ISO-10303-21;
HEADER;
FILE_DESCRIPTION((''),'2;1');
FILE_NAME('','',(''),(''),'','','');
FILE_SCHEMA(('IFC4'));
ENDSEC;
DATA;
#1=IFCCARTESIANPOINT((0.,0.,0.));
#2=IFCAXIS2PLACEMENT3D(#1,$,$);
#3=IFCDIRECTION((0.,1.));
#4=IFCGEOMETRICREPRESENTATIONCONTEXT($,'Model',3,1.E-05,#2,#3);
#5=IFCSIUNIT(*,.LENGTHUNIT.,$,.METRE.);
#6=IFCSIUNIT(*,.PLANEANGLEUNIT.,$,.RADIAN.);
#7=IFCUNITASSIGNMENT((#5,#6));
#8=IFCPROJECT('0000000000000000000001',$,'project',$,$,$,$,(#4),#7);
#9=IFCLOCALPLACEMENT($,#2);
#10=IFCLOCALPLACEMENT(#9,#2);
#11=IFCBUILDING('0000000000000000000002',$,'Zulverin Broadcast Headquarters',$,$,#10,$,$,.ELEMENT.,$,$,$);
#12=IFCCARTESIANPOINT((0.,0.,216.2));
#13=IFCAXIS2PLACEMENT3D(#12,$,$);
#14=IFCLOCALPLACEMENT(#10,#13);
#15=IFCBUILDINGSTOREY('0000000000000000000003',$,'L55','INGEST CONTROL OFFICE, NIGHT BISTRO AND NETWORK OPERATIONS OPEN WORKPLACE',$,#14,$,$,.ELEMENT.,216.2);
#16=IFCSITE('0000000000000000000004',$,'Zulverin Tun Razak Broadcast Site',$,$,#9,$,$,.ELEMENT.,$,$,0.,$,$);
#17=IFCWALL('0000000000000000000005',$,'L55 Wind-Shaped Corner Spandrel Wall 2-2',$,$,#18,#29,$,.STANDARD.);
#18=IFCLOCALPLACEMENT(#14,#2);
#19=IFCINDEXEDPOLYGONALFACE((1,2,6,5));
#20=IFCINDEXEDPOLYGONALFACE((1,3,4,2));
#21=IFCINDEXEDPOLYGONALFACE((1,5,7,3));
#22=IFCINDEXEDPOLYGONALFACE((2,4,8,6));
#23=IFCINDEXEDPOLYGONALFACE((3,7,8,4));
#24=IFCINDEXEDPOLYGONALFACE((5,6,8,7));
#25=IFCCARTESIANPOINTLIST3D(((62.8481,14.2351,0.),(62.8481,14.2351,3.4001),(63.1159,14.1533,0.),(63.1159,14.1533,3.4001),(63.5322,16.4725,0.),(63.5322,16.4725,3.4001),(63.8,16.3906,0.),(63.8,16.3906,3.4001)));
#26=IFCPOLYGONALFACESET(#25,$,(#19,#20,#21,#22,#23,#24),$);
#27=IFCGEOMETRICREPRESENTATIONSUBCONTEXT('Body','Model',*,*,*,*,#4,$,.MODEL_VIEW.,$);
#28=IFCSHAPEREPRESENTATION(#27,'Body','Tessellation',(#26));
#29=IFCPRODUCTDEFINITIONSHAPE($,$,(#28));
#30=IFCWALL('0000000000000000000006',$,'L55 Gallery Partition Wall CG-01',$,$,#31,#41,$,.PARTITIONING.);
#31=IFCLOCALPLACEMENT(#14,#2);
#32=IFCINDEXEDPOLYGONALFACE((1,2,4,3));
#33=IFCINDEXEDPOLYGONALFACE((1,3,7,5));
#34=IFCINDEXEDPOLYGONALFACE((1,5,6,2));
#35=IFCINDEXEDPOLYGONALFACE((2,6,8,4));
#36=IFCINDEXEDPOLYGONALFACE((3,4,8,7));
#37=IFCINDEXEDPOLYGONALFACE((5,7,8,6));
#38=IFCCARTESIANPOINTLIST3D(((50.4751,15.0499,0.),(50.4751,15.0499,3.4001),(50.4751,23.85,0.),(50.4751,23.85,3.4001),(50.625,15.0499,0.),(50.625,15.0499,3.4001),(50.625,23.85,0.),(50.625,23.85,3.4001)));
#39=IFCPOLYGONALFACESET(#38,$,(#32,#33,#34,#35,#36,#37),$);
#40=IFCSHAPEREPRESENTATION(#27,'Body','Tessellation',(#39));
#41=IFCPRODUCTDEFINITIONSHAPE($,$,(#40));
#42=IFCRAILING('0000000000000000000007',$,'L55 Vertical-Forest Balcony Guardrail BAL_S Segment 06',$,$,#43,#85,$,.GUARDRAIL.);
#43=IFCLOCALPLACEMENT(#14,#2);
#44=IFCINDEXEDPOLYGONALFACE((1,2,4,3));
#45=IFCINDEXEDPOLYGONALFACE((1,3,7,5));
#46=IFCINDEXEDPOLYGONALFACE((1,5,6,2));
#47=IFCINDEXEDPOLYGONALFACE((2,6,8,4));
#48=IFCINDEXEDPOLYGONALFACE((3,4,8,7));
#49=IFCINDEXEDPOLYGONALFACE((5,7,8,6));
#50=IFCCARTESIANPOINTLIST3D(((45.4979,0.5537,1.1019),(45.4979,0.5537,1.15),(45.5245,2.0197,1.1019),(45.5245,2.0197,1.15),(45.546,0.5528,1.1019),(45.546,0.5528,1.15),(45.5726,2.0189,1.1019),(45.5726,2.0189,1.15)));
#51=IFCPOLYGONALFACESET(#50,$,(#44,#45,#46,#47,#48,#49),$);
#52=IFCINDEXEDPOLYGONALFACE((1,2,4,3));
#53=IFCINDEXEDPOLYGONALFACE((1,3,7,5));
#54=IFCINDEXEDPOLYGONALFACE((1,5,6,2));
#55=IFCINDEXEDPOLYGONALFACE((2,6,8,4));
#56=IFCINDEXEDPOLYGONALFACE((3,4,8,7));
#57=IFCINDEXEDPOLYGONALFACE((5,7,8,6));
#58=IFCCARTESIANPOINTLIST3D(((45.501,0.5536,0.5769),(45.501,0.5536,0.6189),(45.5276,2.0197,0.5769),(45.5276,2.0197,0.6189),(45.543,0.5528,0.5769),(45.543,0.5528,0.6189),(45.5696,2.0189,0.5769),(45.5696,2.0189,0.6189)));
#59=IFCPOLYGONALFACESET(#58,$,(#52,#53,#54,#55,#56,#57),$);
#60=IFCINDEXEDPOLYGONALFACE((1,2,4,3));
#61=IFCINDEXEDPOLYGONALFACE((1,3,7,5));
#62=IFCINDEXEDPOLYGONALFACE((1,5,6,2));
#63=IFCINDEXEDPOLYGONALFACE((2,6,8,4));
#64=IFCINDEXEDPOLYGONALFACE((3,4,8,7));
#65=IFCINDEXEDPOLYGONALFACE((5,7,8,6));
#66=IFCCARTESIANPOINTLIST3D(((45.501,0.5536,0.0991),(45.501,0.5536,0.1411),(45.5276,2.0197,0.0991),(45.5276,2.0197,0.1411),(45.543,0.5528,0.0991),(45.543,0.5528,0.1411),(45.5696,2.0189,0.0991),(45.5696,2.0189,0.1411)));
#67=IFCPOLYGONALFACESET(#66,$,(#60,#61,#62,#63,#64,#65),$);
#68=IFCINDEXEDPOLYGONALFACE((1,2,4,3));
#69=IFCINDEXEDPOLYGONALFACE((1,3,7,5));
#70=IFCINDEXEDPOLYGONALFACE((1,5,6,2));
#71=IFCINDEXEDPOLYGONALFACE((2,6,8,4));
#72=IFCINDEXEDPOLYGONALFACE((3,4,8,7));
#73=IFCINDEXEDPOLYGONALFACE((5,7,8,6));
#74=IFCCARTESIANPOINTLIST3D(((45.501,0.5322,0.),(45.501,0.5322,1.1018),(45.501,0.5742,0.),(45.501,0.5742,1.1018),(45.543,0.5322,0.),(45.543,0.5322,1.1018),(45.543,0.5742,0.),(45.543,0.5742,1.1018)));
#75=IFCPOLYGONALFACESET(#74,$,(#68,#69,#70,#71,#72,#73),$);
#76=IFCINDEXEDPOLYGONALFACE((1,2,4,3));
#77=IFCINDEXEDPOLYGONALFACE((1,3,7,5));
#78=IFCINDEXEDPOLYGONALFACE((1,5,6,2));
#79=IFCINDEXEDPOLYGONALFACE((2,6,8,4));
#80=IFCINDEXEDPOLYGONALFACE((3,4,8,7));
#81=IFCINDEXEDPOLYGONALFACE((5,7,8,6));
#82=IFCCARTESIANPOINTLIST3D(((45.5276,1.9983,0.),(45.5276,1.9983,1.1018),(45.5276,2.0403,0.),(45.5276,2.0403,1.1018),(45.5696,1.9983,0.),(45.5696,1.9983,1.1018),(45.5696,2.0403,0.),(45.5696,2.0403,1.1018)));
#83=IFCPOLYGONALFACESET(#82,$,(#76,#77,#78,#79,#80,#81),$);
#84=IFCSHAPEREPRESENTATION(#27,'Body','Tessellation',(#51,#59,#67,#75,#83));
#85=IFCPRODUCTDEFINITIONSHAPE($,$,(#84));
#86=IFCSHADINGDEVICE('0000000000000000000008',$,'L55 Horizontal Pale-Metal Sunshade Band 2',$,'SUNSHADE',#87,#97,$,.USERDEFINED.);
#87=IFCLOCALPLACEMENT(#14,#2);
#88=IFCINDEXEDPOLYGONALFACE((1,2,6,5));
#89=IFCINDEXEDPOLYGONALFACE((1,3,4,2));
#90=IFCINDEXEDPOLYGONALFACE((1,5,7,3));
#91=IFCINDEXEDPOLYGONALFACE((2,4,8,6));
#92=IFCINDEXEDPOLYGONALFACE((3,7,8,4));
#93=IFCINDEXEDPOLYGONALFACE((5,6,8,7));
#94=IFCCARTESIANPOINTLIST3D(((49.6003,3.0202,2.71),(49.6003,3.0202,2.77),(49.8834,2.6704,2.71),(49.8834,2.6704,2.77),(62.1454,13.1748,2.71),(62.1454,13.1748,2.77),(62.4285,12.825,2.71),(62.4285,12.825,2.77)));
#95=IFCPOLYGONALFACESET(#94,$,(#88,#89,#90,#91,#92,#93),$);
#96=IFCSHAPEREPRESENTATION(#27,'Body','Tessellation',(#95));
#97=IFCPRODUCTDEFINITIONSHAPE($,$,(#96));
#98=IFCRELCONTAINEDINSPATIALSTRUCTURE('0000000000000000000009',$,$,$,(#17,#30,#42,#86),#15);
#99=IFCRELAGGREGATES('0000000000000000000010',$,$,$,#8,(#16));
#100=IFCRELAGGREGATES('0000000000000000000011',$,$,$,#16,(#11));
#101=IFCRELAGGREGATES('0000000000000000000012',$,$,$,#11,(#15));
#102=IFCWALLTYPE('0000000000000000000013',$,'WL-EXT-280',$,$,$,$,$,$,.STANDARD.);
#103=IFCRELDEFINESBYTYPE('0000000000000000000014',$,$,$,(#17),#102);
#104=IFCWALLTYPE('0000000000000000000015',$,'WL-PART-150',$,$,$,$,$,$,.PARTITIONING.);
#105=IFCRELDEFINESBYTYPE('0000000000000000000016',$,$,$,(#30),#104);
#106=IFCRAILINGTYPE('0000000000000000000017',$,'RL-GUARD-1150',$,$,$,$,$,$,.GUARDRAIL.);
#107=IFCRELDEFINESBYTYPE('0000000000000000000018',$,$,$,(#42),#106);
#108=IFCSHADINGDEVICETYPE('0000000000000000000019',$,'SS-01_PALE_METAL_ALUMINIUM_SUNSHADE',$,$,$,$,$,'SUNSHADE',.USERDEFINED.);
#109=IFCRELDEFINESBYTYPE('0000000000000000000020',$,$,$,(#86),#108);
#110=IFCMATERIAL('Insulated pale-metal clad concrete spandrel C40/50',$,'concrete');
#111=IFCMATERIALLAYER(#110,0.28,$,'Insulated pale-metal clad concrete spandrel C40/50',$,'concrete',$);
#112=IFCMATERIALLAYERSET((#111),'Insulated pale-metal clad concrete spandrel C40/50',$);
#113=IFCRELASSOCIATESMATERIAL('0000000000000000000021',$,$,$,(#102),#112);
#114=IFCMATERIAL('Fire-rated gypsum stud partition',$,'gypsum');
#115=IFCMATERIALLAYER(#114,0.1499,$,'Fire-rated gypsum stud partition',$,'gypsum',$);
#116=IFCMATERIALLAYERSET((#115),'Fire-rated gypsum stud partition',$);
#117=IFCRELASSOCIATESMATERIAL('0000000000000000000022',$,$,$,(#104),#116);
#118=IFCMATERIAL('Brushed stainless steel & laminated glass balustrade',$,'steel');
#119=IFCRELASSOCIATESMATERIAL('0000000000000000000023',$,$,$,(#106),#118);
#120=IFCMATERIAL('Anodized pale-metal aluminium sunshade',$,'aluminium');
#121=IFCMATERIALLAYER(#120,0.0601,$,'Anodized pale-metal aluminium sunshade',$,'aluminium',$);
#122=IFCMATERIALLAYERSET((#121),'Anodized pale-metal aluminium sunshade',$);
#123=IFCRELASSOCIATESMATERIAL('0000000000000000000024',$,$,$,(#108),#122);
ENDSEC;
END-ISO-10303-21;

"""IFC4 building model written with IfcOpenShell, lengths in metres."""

from ifc_helpers import new_model, si_unit, direction, frame, frame_2d, origin, origin_2d, place, context, subcontext, project, spatial, rectangle, extrude, material, layer, layer_set, type_object, element, save


model = new_model("IFC4")

# Units and contexts
model_context = context("Model", 3, precision=1e-05, world=origin(), true_north=direction((0.0, 1.0)))
body_context = subcontext(model_context, "Body", "Model", "MODEL_VIEW")
ifc_project = project(units=[si_unit("LENGTHUNIT", "METRE"), si_unit("PLANEANGLEUNIT", "RADIAN")], contexts=[model_context])

# Site, building, storey
site_placement = place(None, origin())
site = spatial("IfcSite", under=ifc_project, at=site_placement, Name="Zulverin Tun Razak Broadcast Site", CompositionType="ELEMENT", RefElevation=0.0)
building_placement = place(site_placement, origin())
building = spatial("IfcBuilding", under=site, at=building_placement, Name="Zulverin Broadcast Headquarters", CompositionType="ELEMENT")
storey_placement = place(building_placement, frame((0.0, 0.0, 216.2)))
storey = spatial("IfcBuildingStorey", under=building, at=storey_placement, Name="L55", Description="INGEST CONTROL OFFICE, NIGHT BISTRO AND NETWORK OPERATIONS OPEN WORKPLACE", CompositionType="ELEMENT", Elevation=216.2)

# Shared definitions
ifc_material_1 = material(Name="Insulated pale-metal clad concrete spandrel C40/50", Category="concrete")
ifc_layer_1 = layer(ifc_material_1, 0.28, Name="Insulated pale-metal clad concrete spandrel C40/50", Category="concrete")
ifc_layer_set_1 = layer_set([ifc_layer_1], Name="Insulated pale-metal clad concrete spandrel C40/50")
wall_type_1 = type_object("IfcWallType", Name="WL-EXT-280", PredefinedType="STANDARD", material=ifc_layer_set_1)

# Walls
wall_1_placement = place(storey_placement, frame((62.9819, 14.1941, 0.0), z_axis=(0.0, 0.0, 1.0), x_axis=(0.292399, 0.956296, 0.0)))
element("IfcWall", 1, at=wall_1_placement, inside=storey, type_object=wall_type_1, Name="L55 Wind-Shaped Corner Spandrel Wall 2-2", PredefinedType="STANDARD", context=body_context, shape_type="SweptSolid", body=[
    extrude(rectangle(XDim=2.3396, YDim=0.28, at=frame_2d((1.1699, 0.0))), origin(), (0.0, 0.0, 1.0), 3.4001),
])
ifc_material_2 = material(Name="Fire-rated gypsum stud partition", Category="gypsum")
ifc_layer_2 = layer(ifc_material_2, 0.1499, Name="Fire-rated gypsum stud partition", Category="gypsum")
ifc_layer_set_2 = layer_set([ifc_layer_2], Name="Fire-rated gypsum stud partition")
wall_type_2 = type_object("IfcWallType", Name="WL-PART-150", PredefinedType="PARTITIONING", material=ifc_layer_set_2)
wall_2_placement = place(storey_placement, frame((50.55, 15.05, 0.0), z_axis=(0.0, 0.0, 1.0), x_axis=(0.0, 1.0, 0.0)))
element("IfcWall", 2, at=wall_2_placement, inside=storey, type_object=wall_type_2, Name="L55 Gallery Partition Wall CG-01", PredefinedType="PARTITIONING", context=body_context, shape_type="SweptSolid", body=[
    extrude(rectangle(XDim=8.8, YDim=0.1499, at=frame_2d((4.3999, 0.0))), origin(), (0.0, 0.0, 1.0), 3.4001),
])

# Railing
ifc_material_3 = material(Name="Brushed stainless steel & laminated glass balustrade", Category="steel")
railing_type = type_object("IfcRailingType", Name="RL-GUARD-1150", PredefinedType="GUARDRAIL", material=ifc_material_3)
railing_placement = place(storey_placement, frame((45.522, 0.5532, 0.0)))
element("IfcRailing", 3, at=railing_placement, inside=storey, type_object=railing_type, Name="L55 Vertical-Forest Balcony Guardrail BAL_S Segment 06", PredefinedType="GUARDRAIL", context=body_context, shape_type="SweptSolid", body=[
    extrude(rectangle(XDim=0.0481, YDim=0.0481, at=origin_2d()), frame((0.0, 0.0, 1.126), z_axis=(0.018149, 0.999835, 0.0), x_axis=(-0.999835, 0.018149, 0.0)), (0.0, 0.0, 1.0), 1.4663),
    extrude(rectangle(XDim=0.042, YDim=0.042, at=origin_2d()), frame((0.0, 0.0, 0.5979), z_axis=(0.018149, 0.999835, 0.0), x_axis=(-0.999835, 0.018149, 0.0)), (0.0, 0.0, 1.0), 1.4663),
    extrude(rectangle(XDim=0.042, YDim=0.042, at=origin_2d()), frame((0.0, 0.0, 0.1201), z_axis=(0.018149, 0.999835, 0.0), x_axis=(-0.999835, 0.018149, 0.0)), (0.0, 0.0, 1.0), 1.4663),
    extrude(rectangle(XDim=0.042, YDim=0.042, at=origin_2d()), origin(), (0.0, 0.0, 1.0), 1.1018),
    extrude(rectangle(XDim=0.042, YDim=0.042, at=origin_2d()), frame((0.0266, 1.4661, 0.0)), (0.0, 0.0, 1.0), 1.1018),
])

# Shading device
ifc_material_4 = material(Name="Anodized pale-metal aluminium sunshade", Category="aluminium")
ifc_layer_3 = layer(ifc_material_4, 0.0601, Name="Anodized pale-metal aluminium sunshade", Category="aluminium")
ifc_layer_set_3 = layer_set([ifc_layer_3], Name="Anodized pale-metal aluminium sunshade")
shading_device_type = type_object("IfcShadingDeviceType", Name="SS-01_PALE_METAL_ALUMINIUM_SUNSHADE", ElementType="SUNSHADE", PredefinedType="USERDEFINED", material=ifc_layer_set_3)
shading_device_placement = place(storey_placement, frame((56.0144, 7.9226, 2.71), z_axis=(0.0, 0.0, 1.0), x_axis=(0.777274, 0.629162, 0.0)))
element("IfcShadingDevice", 4, at=shading_device_placement, inside=storey, type_object=shading_device_type, Name="L55 Horizontal Pale-Metal Sunshade Band 2", ObjectType="SUNSHADE", PredefinedType="USERDEFINED", context=body_context, shape_type="SweptSolid", body=[
    extrude(rectangle(XDim=16.1399, YDim=0.45, at=origin_2d()), origin(), (0.0, 0.0, 1.0), 0.0601),
])

save(model, "model.ifc")
